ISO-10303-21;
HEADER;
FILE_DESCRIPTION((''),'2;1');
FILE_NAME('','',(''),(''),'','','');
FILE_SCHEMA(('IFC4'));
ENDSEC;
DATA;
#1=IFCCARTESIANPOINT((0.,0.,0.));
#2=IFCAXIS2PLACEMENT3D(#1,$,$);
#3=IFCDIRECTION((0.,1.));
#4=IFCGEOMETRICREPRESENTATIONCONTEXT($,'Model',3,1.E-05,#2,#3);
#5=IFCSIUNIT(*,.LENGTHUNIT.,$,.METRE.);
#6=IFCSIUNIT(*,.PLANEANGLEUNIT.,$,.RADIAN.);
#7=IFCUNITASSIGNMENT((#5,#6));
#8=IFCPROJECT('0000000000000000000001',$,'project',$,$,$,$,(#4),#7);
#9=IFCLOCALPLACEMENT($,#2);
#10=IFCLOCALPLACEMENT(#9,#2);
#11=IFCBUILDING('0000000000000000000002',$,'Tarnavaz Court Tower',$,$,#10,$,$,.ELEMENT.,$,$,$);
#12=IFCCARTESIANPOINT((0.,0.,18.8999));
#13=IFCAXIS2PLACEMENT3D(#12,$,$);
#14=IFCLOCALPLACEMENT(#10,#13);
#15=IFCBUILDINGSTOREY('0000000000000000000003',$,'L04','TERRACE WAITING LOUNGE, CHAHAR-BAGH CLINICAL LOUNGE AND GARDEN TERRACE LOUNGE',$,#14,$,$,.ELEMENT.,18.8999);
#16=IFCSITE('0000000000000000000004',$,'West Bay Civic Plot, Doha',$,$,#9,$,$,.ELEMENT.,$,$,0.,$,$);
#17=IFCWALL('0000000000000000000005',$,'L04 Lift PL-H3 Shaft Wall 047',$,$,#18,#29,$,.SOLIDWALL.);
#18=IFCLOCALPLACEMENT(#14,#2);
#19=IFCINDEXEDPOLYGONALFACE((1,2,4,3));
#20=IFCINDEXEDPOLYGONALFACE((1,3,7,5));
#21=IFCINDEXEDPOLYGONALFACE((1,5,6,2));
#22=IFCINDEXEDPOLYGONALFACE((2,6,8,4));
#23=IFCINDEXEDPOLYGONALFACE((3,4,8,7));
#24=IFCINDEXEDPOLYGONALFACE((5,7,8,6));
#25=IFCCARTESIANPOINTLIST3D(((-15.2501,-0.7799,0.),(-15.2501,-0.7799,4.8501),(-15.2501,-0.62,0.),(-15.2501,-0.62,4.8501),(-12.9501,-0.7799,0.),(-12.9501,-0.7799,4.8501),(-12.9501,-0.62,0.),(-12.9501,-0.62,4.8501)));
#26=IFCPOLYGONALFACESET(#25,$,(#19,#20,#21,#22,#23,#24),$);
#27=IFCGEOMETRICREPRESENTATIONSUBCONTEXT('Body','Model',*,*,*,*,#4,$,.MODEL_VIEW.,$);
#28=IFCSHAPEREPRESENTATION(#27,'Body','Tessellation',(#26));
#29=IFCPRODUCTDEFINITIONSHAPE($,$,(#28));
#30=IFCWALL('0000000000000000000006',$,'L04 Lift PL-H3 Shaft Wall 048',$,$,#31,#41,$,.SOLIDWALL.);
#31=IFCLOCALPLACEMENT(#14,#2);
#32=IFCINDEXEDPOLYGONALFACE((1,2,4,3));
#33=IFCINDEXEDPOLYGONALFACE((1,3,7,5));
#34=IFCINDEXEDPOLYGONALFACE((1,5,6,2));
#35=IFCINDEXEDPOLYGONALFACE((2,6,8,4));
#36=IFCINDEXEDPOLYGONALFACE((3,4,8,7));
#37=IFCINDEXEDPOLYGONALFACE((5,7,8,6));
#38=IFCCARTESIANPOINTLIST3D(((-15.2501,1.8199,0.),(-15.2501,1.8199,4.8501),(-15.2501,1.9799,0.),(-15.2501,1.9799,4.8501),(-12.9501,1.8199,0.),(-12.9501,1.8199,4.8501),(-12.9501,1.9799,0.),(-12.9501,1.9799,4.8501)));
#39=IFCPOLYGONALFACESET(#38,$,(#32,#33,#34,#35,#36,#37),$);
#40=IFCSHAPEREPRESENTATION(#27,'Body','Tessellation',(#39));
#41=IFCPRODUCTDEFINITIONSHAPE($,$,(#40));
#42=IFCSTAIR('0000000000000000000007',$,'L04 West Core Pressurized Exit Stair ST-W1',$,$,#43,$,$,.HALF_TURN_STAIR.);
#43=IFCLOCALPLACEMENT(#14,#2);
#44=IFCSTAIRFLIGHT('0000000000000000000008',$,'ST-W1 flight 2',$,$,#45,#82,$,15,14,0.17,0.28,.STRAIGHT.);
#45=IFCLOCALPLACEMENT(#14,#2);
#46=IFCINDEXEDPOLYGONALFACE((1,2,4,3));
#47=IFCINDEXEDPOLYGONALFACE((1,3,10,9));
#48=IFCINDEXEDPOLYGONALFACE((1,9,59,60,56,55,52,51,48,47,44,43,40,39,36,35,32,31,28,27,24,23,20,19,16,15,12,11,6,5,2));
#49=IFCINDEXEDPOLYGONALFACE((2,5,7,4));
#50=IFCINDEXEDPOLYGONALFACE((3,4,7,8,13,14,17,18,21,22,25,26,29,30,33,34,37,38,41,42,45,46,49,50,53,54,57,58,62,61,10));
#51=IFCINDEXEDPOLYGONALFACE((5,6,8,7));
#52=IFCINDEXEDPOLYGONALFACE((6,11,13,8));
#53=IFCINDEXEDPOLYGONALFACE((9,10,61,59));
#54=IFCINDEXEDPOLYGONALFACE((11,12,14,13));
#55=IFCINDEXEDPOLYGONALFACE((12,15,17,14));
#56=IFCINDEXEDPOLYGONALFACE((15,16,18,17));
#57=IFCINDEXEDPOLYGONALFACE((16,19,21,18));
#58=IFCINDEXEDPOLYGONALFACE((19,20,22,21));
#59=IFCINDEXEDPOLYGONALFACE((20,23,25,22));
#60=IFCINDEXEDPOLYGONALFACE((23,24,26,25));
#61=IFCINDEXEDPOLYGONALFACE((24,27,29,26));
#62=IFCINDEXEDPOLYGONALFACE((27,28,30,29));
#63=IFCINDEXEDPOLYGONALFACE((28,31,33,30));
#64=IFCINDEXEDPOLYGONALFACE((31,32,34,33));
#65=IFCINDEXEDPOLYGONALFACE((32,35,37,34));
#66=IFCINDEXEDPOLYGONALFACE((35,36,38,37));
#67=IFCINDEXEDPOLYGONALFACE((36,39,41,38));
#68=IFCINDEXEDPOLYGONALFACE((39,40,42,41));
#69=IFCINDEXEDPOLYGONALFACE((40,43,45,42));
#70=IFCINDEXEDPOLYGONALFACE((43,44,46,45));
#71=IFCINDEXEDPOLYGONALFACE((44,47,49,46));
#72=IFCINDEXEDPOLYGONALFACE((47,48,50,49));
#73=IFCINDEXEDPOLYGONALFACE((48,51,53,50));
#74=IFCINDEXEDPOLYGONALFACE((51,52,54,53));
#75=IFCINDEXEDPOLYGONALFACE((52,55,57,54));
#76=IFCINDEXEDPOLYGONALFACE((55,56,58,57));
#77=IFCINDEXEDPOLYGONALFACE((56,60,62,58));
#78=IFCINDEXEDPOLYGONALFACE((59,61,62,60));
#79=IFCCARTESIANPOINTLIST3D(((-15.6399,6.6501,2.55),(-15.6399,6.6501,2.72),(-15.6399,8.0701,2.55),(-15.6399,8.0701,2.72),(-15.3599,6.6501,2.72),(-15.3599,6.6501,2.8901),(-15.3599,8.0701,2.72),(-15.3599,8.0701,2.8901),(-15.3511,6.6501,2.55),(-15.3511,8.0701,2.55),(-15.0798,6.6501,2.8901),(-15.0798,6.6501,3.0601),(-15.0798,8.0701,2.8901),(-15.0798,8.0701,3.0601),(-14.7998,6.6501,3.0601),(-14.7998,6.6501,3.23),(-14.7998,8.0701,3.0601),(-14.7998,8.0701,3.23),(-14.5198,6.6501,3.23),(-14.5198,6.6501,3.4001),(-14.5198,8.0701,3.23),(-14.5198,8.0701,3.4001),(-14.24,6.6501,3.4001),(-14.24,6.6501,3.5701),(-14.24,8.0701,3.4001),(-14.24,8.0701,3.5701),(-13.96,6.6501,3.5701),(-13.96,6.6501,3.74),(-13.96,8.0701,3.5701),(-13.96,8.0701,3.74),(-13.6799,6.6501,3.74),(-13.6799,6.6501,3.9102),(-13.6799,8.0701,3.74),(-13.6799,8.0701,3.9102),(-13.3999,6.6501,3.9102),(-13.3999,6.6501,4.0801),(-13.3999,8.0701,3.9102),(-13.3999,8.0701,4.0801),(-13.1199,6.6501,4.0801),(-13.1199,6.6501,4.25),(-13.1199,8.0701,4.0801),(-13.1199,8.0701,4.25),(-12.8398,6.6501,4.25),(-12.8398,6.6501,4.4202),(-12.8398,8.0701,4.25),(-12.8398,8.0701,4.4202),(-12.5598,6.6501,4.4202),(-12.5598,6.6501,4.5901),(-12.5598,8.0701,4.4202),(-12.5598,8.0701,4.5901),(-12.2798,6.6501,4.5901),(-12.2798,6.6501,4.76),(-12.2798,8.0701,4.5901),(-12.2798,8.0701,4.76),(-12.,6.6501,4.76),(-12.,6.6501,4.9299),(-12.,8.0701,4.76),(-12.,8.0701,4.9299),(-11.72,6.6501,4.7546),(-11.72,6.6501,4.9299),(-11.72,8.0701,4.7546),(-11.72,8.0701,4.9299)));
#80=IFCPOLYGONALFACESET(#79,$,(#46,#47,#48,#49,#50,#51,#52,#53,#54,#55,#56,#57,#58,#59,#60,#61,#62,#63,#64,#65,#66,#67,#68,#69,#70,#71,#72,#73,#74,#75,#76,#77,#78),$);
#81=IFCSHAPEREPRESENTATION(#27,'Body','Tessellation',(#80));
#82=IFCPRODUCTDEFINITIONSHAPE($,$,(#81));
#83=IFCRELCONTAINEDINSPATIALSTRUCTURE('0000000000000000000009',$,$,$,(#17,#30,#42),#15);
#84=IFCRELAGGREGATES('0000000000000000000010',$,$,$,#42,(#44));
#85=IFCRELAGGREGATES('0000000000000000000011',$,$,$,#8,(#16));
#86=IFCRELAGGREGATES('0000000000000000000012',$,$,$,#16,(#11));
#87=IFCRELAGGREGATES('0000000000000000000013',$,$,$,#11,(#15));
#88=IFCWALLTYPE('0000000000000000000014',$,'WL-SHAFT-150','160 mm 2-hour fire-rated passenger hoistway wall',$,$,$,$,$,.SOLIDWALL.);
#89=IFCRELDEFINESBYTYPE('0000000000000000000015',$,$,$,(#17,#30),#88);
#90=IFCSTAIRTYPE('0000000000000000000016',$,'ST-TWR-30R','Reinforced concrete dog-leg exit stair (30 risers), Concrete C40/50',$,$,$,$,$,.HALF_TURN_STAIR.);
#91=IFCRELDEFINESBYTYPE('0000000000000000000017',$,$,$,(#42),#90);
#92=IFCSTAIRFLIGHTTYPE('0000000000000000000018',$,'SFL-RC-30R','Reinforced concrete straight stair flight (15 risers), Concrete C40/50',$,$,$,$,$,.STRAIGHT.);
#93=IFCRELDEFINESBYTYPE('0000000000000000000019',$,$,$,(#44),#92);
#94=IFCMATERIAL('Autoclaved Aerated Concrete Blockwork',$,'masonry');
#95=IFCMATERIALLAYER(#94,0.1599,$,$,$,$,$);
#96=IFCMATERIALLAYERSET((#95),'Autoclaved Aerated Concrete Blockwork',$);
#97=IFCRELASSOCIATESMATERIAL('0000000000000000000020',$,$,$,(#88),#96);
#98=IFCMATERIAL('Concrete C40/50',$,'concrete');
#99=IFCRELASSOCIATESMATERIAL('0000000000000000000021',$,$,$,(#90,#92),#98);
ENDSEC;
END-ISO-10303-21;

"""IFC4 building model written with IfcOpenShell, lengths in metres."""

from ifc_helpers import new_model, si_unit, direction, frame, frame_2d, origin, place, context, subcontext, project, spatial, polyline, rectangle, outline, extrude, material, layer, layer_set, type_object, element, aggregate, save


model = new_model("IFC4")

# Units and contexts
model_context = context("Model", 3, precision=1e-05, world=origin(), true_north=direction((0.0, 1.0)))
body_context = subcontext(model_context, "Body", "Model", "MODEL_VIEW")
ifc_project = project(units=[si_unit("LENGTHUNIT", "METRE"), si_unit("PLANEANGLEUNIT", "RADIAN")], contexts=[model_context])

# Site, building, storey
site_placement = place(None, origin())
site = spatial("IfcSite", under=ifc_project, at=site_placement, Name="West Bay Civic Plot, Doha", CompositionType="ELEMENT", RefElevation=0.0)
building_placement = place(site_placement, origin())
building = spatial("IfcBuilding", under=site, at=building_placement, Name="Tarnavaz Court Tower", CompositionType="ELEMENT")
storey_placement = place(building_placement, frame((0.0, 0.0, 18.8999)))
storey = spatial("IfcBuildingStorey", under=building, at=storey_placement, Name="L04", Description="TERRACE WAITING LOUNGE, CHAHAR-BAGH CLINICAL LOUNGE AND GARDEN TERRACE LOUNGE", CompositionType="ELEMENT", Elevation=18.8999)

# Walls
ifc_material_1 = material(Name="Autoclaved Aerated Concrete Blockwork", Category="masonry")
ifc_layer_1 = layer(ifc_material_1, 0.1599)
ifc_layer_set_1 = layer_set([ifc_layer_1], Name="Autoclaved Aerated Concrete Blockwork")
wall_type_1 = type_object("IfcWallType", Name="WL-SHAFT-150", Description="160 mm 2-hour fire-rated passenger hoistway wall", PredefinedType="SOLIDWALL", material=ifc_layer_set_1)
for number, where, z_axis, x_axis, name in (
    (1, (-15.25, -0.7, 0.0), (0.0, 0.0, 1.0), (1.0, 0.0, 0.0), "L04 Lift PL-H3 Shaft Wall 047"),
    (2, (-15.25, 1.8999, 0.0), (0.0, 0.0, 1.0), (1.0, 0.0, 0.0), "L04 Lift PL-H3 Shaft Wall 048"),
):
    element("IfcWall", number, at=place(storey_placement, frame(where, z_axis=z_axis, x_axis=x_axis)), inside=storey, type_object=wall_type_1, Name=name, PredefinedType="SOLIDWALL", context=body_context, shape_type="SweptSolid", body=[
        extrude(rectangle(XDim=2.3, YDim=0.1599, at=frame_2d((1.1499, 0.0))), origin(), (0.0, 0.0, 1.0), 4.8501),
    ])

# Stair, stair flight
ifc_material_2 = material(Name="Concrete C40/50", Category="concrete")
stair_type = type_object("IfcStairType", Name="ST-TWR-30R", Description="Reinforced concrete dog-leg exit stair (30 risers), Concrete C40/50", PredefinedType="HALF_TURN_STAIR", material=ifc_material_2)
stair_placement = place(storey_placement, origin())
stair = element("IfcStair", 3, at=stair_placement, inside=storey, type_object=stair_type, Name="L04 West Core Pressurized Exit Stair ST-W1", PredefinedType="HALF_TURN_STAIR")
stair_flight_type = type_object("IfcStairFlightType", Name="SFL-RC-30R", Description="Reinforced concrete straight stair flight (15 risers), Concrete C40/50", PredefinedType="STRAIGHT", material=ifc_material_2)
stair_flight_placement = place(storey_placement, frame((-15.6399, 7.3601, 2.55), z_axis=(0.0, 0.0, 1.0), x_axis=(1.0, 0.0, 0.0)))
stair_flight = element("IfcStairFlight", 4, at=stair_flight_placement, type_object=stair_flight_type, Name="ST-W1 flight 2", NumberOfRisers=15, NumberOfTreads=14, PredefinedType="STRAIGHT", RiserHeight=0.17, TreadLength=0.28, context=body_context, shape_type="SweptSolid", body=[
    extrude(outline(polyline([(0.0, 0.0), (0.0, 0.1699), (0.28, 0.1699), (0.28, 0.3401), (0.5601, 0.3401), (0.5601, 0.51), (0.8401, 0.51), (0.8401, 0.6799), (1.1201, 0.6799), (1.1201, 0.8501), (1.3999, 0.8501), (1.3999, 1.02), (1.6799, 1.02), (1.6799, 1.1899), (1.96, 1.1899), (1.96, 1.3601), (2.24, 1.3601), (2.24, 1.53), (2.52, 1.53), (2.52, 1.7), (2.8, 1.7), (2.8, 1.8701), (3.0801, 1.8701), (3.0801, 2.04), (3.3601, 2.04), (3.3601, 2.21), (3.6399, 2.21), (3.6399, 2.3799), (3.9199, 2.3799), (3.9199, 2.55), (3.9199, 2.2046), (0.2888, 0.0), (0.0, 0.0)])), frame((0.0, 0.71, 0.0), z_axis=(0.0, -1.0, 0.0), x_axis=(1.0, 0.0, 0.0)), (0.0, 0.0, 1.0), 1.4199),
])
aggregate(stair, [stair_flight])

save(model, "model.ifc")
